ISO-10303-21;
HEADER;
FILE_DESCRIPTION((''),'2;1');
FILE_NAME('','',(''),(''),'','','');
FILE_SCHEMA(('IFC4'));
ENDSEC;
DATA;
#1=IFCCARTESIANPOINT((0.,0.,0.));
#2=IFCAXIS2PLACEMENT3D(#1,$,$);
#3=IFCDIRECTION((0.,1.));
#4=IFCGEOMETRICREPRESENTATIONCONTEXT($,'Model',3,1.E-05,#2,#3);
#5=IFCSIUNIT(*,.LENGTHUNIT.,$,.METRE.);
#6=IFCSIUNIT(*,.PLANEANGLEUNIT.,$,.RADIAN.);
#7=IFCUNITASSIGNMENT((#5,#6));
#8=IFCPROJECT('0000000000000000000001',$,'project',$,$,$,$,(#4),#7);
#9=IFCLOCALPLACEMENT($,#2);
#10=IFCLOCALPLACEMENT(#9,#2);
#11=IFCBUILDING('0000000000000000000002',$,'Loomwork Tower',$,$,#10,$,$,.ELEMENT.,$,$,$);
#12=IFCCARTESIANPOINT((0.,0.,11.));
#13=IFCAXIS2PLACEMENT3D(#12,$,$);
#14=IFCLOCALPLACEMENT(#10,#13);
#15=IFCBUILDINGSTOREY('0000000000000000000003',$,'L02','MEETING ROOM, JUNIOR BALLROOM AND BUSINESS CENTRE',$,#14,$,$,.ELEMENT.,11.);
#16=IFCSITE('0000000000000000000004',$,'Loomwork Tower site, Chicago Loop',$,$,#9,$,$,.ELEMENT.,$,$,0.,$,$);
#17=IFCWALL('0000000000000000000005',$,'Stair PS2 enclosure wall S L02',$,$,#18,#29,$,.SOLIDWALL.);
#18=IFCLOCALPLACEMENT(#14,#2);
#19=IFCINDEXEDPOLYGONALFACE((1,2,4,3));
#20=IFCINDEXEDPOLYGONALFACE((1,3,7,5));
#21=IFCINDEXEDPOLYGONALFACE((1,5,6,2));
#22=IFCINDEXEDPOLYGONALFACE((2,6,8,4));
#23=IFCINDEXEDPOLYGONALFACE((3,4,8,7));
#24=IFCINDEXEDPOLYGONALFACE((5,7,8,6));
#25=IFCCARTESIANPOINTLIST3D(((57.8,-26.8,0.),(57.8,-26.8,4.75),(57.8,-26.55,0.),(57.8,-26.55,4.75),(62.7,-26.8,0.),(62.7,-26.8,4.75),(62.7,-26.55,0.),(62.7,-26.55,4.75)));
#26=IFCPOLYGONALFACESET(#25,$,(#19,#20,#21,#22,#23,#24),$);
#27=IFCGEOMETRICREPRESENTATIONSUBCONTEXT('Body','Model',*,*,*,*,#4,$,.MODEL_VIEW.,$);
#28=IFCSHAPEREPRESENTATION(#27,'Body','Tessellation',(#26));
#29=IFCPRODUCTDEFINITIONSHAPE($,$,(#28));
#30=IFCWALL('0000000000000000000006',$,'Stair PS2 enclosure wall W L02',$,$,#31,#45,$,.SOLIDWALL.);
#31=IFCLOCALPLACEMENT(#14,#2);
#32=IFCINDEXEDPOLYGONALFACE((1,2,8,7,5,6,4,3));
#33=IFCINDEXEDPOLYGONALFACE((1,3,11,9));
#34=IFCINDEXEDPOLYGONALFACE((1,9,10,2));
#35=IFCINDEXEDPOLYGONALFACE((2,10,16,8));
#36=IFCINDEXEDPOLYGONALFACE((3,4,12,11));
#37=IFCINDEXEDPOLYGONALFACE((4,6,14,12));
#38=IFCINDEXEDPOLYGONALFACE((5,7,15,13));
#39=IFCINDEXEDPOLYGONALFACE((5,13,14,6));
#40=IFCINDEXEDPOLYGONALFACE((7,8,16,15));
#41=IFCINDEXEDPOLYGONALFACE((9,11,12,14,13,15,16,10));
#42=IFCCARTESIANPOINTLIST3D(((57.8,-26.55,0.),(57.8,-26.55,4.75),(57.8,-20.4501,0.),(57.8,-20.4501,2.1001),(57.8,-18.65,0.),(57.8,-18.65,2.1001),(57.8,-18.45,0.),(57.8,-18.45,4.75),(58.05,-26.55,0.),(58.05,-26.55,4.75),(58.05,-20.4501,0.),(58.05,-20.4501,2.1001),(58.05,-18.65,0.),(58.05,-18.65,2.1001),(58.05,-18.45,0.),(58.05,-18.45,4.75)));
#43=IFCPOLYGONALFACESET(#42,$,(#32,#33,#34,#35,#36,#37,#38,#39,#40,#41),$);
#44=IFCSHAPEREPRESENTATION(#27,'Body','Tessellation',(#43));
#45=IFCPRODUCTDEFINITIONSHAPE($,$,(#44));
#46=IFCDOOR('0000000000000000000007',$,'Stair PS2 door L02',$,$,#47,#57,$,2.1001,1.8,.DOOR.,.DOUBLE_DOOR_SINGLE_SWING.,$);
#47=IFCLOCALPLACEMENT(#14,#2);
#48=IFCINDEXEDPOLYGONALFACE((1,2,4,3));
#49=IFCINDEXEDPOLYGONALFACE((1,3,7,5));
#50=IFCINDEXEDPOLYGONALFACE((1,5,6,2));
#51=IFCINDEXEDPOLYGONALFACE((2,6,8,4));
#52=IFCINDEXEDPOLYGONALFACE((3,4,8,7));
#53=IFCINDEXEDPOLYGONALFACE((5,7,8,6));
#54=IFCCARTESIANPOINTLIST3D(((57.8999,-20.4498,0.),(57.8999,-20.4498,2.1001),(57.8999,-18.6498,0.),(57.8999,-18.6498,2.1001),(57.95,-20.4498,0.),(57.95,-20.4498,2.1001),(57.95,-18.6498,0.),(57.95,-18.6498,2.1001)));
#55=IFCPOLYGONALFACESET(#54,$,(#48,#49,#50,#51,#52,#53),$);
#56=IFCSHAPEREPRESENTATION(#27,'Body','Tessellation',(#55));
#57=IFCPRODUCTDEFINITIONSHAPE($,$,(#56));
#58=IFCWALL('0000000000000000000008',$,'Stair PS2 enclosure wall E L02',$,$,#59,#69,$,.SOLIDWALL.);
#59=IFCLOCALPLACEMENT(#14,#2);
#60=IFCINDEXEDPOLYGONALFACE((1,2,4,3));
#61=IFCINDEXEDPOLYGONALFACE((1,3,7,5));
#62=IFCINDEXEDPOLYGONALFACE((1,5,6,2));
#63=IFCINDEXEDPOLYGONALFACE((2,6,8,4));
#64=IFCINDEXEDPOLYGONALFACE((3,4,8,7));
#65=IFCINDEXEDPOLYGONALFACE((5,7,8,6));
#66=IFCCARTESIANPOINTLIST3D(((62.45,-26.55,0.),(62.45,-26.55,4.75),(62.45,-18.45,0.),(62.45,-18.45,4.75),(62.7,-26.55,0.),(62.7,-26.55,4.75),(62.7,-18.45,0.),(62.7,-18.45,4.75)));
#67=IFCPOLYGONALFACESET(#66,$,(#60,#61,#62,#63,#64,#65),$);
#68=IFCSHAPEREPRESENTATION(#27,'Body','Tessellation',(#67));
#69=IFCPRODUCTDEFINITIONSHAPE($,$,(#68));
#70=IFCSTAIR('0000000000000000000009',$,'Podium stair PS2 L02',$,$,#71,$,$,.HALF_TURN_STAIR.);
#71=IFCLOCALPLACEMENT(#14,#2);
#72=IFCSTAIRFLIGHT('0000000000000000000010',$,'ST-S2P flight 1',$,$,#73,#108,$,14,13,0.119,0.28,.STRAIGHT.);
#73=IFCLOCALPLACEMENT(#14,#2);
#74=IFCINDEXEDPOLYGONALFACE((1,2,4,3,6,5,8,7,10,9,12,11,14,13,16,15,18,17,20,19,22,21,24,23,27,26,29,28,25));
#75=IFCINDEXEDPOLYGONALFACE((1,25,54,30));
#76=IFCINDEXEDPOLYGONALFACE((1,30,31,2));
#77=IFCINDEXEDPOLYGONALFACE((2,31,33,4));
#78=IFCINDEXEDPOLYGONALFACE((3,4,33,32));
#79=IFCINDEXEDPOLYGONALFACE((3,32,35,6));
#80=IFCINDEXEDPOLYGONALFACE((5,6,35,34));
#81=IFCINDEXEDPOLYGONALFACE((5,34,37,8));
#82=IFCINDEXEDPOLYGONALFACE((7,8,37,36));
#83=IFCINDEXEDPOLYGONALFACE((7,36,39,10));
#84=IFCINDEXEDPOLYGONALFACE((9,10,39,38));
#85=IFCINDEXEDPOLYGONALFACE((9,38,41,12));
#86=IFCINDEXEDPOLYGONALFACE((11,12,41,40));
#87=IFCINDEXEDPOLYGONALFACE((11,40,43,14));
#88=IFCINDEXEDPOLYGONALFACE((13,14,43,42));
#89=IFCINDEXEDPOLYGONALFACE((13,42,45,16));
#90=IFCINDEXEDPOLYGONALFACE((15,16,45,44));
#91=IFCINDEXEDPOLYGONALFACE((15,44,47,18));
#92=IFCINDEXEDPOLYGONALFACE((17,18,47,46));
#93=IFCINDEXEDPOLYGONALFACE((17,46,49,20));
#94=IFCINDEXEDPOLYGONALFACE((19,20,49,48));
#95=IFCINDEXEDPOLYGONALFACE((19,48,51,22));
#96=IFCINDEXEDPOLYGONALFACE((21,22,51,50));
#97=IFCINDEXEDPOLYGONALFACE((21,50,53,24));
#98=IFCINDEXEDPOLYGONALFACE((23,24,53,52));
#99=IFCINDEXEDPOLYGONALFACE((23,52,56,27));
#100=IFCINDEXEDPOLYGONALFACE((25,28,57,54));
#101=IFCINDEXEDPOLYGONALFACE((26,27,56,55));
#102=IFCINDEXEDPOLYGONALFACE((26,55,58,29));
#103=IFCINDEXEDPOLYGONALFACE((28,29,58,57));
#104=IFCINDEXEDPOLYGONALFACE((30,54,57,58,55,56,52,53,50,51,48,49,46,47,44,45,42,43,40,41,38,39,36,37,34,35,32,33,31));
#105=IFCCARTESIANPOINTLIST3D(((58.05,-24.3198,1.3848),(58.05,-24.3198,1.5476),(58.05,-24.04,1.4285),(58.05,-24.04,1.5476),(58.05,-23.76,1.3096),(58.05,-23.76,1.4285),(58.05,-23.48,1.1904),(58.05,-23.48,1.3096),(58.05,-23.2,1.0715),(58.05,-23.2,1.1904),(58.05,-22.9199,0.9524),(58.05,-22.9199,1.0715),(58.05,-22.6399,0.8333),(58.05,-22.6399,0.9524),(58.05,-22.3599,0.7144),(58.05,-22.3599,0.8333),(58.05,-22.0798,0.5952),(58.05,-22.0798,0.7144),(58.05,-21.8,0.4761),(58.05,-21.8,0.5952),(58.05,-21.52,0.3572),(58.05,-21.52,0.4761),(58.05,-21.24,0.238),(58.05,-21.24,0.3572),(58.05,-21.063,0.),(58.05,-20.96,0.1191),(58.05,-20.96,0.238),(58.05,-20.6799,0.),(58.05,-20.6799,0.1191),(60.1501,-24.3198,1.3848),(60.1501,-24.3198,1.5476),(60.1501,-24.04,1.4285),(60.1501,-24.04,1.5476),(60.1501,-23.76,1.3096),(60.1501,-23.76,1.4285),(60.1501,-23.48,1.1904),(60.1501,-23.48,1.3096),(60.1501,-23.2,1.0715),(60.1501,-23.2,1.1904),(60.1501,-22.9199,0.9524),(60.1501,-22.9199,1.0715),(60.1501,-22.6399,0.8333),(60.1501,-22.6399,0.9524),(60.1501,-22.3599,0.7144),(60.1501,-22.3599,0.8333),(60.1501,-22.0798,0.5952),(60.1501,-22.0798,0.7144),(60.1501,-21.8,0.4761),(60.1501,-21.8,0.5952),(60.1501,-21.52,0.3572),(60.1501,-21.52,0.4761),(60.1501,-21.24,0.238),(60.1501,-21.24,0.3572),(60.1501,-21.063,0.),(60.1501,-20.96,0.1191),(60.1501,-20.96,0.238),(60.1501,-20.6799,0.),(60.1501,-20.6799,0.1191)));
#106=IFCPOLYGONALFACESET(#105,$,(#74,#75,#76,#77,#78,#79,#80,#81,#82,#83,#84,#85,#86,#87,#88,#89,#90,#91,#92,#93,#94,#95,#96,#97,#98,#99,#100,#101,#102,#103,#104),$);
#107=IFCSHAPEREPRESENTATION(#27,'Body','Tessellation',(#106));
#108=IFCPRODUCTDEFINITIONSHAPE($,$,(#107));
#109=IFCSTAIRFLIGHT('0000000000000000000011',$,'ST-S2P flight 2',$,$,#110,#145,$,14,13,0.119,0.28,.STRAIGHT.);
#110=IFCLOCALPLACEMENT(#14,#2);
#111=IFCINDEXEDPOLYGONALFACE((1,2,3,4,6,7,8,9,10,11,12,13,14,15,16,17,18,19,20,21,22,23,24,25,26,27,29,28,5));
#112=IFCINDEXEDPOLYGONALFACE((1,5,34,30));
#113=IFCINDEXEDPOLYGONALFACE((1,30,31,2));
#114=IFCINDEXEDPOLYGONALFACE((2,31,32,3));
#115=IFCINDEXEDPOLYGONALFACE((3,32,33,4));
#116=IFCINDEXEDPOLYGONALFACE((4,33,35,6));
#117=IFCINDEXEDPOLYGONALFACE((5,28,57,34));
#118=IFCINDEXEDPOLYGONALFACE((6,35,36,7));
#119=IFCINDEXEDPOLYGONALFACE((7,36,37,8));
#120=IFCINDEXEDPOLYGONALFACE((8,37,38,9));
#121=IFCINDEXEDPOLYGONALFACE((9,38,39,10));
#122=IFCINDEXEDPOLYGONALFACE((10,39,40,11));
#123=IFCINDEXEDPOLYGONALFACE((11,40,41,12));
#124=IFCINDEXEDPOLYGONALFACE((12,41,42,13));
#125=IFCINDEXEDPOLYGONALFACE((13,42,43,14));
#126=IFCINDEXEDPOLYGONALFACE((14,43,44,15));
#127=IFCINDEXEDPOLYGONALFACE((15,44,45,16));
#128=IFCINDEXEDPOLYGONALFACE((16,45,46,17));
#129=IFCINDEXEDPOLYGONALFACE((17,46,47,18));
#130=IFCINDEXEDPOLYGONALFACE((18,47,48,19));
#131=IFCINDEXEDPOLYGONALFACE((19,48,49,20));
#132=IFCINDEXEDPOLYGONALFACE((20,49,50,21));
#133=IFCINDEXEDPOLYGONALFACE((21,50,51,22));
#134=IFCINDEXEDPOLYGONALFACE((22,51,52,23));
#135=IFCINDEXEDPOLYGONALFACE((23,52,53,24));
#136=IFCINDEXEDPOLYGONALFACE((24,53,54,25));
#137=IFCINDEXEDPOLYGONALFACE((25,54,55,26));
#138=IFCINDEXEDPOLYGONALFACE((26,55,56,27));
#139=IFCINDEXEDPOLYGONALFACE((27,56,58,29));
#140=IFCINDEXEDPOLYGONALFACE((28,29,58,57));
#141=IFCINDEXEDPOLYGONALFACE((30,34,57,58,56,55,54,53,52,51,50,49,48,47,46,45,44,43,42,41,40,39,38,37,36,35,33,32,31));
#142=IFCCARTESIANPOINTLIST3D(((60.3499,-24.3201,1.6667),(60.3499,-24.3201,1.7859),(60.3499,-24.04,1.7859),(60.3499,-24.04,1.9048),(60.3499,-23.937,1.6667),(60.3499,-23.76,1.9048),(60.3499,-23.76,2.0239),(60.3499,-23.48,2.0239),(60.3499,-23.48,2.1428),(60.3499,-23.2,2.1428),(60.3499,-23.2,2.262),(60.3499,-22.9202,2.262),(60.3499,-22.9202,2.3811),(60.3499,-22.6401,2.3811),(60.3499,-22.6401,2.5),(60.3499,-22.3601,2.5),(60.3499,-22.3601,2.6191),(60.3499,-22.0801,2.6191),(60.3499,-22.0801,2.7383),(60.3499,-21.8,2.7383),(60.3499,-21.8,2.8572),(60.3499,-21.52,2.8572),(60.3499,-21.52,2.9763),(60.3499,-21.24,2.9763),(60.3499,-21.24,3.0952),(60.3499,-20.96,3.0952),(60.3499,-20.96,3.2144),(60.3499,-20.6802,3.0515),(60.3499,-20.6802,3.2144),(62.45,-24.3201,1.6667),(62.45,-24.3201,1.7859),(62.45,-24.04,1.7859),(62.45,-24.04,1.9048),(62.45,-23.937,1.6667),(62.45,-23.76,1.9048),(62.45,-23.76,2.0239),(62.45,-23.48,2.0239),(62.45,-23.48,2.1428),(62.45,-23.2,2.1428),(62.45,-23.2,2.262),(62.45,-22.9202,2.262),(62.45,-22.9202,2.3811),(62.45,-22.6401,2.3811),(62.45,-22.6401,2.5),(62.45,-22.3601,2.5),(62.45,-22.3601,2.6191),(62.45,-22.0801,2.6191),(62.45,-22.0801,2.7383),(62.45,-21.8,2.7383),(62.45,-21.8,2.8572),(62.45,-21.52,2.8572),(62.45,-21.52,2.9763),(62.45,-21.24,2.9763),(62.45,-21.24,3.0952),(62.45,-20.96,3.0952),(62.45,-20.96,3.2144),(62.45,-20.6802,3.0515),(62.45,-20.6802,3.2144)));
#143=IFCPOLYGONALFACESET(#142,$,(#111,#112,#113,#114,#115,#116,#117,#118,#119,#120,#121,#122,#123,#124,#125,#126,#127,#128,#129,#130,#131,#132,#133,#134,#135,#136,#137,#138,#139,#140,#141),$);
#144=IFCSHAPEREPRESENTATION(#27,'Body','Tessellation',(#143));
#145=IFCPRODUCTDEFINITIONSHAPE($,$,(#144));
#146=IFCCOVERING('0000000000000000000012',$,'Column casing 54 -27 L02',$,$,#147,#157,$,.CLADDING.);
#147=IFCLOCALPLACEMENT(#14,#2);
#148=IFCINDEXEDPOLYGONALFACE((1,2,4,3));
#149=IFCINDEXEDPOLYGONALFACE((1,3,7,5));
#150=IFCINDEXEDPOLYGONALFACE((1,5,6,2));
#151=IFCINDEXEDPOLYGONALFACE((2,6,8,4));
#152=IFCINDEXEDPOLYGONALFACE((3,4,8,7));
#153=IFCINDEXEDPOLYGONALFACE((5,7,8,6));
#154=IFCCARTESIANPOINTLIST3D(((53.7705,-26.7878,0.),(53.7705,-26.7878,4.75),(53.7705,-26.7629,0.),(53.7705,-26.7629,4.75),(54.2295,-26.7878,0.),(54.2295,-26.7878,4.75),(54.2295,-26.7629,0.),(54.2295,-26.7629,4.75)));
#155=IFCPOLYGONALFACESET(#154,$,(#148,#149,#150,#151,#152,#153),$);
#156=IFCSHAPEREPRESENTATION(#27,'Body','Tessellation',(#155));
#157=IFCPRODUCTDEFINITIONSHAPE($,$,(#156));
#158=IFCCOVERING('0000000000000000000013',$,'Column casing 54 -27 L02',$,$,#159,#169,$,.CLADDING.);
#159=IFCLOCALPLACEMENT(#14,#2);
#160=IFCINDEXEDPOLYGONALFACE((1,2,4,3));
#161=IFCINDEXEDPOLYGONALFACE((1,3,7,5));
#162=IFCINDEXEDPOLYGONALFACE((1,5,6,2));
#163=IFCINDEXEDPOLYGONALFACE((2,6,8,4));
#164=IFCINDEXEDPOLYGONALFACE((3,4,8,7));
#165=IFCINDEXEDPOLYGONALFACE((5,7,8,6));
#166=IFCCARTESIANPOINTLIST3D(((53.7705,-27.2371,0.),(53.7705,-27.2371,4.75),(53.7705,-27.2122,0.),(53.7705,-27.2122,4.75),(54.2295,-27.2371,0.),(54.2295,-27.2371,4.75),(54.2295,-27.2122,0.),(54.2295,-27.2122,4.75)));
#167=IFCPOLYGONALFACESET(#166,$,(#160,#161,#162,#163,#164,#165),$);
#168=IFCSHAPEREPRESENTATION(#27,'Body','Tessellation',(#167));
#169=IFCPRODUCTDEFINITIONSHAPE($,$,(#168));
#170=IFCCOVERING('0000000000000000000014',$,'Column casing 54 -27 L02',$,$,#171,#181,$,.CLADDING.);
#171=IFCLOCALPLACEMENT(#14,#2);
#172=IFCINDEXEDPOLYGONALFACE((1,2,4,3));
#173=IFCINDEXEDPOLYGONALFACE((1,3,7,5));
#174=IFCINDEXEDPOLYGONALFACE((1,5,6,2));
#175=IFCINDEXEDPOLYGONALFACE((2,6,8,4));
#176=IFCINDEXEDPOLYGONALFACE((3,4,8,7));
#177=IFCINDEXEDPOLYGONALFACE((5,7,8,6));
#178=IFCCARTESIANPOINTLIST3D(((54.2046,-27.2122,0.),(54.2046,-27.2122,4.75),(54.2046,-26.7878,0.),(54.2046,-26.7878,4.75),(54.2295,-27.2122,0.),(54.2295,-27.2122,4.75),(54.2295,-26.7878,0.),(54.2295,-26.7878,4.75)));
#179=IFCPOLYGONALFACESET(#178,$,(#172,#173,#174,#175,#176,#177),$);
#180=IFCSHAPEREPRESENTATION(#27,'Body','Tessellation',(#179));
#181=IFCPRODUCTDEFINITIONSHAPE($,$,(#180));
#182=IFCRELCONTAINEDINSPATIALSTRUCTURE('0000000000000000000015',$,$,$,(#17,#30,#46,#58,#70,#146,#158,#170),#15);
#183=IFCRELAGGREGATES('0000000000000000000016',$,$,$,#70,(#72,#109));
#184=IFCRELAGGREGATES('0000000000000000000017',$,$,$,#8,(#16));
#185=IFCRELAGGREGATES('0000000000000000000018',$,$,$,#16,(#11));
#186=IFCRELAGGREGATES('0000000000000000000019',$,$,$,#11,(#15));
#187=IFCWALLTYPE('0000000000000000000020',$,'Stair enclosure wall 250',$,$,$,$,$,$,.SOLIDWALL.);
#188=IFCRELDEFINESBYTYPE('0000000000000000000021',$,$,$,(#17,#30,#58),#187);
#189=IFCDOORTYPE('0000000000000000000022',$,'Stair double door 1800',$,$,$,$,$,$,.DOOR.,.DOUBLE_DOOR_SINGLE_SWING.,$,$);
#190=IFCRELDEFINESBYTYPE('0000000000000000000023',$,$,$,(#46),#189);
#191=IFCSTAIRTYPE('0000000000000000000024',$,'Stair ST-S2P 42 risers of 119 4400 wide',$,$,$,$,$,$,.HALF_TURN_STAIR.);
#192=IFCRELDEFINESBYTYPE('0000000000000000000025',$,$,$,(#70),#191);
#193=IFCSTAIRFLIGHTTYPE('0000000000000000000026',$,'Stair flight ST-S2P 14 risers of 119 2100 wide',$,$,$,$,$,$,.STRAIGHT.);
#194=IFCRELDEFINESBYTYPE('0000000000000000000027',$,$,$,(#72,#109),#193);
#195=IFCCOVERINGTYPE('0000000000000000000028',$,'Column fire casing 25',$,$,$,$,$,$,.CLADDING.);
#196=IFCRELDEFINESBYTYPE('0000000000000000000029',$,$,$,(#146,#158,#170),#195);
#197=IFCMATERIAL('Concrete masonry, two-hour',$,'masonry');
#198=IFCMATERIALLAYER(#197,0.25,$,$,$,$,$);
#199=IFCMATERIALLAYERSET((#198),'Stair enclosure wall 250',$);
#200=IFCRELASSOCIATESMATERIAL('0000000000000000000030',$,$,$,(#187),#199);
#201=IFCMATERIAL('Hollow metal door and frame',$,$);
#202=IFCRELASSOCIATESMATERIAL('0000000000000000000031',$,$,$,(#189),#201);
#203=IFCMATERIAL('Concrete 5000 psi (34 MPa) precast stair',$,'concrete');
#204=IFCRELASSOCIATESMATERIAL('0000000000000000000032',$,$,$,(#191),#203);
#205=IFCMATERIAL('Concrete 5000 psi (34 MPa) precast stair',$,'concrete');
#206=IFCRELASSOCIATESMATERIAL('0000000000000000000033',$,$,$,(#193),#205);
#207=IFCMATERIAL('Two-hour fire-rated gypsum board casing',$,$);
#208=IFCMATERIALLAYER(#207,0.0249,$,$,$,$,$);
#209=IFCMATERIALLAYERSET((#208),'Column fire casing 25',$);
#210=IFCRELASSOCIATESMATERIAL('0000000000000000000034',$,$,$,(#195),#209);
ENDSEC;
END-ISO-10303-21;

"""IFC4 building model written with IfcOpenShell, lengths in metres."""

from ifc_helpers import new_model, si_unit, direction, frame, frame_2d, origin, origin_2d, place, context, subcontext, project, spatial, polyline, rectangle, outline, extrude, material, layer, layer_set, type_object, element, fill, aggregate, save


model = new_model("IFC4")

# Units and contexts
model_context = context("Model", 3, precision=1e-05, world=origin(), true_north=direction((0.0, 1.0)))
body_context = subcontext(model_context, "Body", "Model", "MODEL_VIEW")
ifc_project = project(units=[si_unit("LENGTHUNIT", "METRE"), si_unit("PLANEANGLEUNIT", "RADIAN")], contexts=[model_context])

# Site, building, storey
site_placement = place(None, origin())
site = spatial("IfcSite", under=ifc_project, at=site_placement, Name="Loomwork Tower site, Chicago Loop", CompositionType="ELEMENT", RefElevation=0.0)
building_placement = place(site_placement, origin())
building = spatial("IfcBuilding", under=site, at=building_placement, Name="Loomwork Tower", CompositionType="ELEMENT")
storey_placement = place(building_placement, frame((0.0, 0.0, 11.0)))
storey = spatial("IfcBuildingStorey", under=building, at=storey_placement, Name="L02", Description="MEETING ROOM, JUNIOR BALLROOM AND BUSINESS CENTRE", CompositionType="ELEMENT", Elevation=11.0)

# Wall
ifc_material_1 = material(Name="Concrete masonry, two-hour", Category="masonry")
ifc_layer_1 = layer(ifc_material_1, 0.25)
ifc_layer_set_1 = layer_set([ifc_layer_1], Name="Stair enclosure wall 250")
wall_type_1 = type_object("IfcWallType", Name="Stair enclosure wall 250", PredefinedType="SOLIDWALL", material=ifc_layer_set_1)
wall_1_placement = place(storey_placement, frame((57.8, -26.675, 0.0), z_axis=(0.0, 0.0, 1.0), x_axis=(1.0, 0.0, 0.0)))
element("IfcWall", 1, at=wall_1_placement, inside=storey, type_object=wall_type_1, Name="Stair PS2 enclosure wall S L02", PredefinedType="SOLIDWALL", context=body_context, shape_type="SweptSolid", body=[
    extrude(rectangle(XDim=4.8999, YDim=0.25, at=frame_2d((2.45, 0.0))), origin(), (0.0, 0.0, 1.0), 4.75),
])

# Wall, opening, door
wall_2_placement = place(storey_placement, frame((57.925, -26.55, 0.0), z_axis=(0.0, 0.0, 1.0), x_axis=(0.0, 1.0, 0.0)))
wall_2 = element("IfcWall", 2, at=wall_2_placement, inside=storey, type_object=wall_type_1, Name="Stair PS2 enclosure wall W L02", PredefinedType="SOLIDWALL", context=body_context, shape_type="SweptSolid", body=[
    extrude(rectangle(XDim=8.1001, YDim=0.25, at=frame_2d((4.05, 0.0))), origin(), (0.0, 0.0, 1.0), 4.75),
])
opening_1_placement = place(wall_2_placement, frame((6.1001, 0.0, 0.0)))
opening_1 = element("IfcOpeningElement", 3, at=opening_1_placement, cuts=wall_2, PredefinedType="OPENING", context=body_context, shape_type="SweptSolid", body=[
    extrude(rectangle(XDim=1.8, YDim=2.1001, at=frame_2d((0.8999, 1.05))), frame((0.0, 0.135, 0.0), z_axis=(0.0, -1.0, 0.0), x_axis=(1.0, 0.0, 0.0)), (0.0, 0.0, 1.0), 0.27),
])
ifc_material_2 = material(Name="Hollow metal door and frame")
door_type = type_object("IfcDoorType", Name="Stair double door 1800", OperationType="DOUBLE_DOOR_SINGLE_SWING", PredefinedType="DOOR", material=ifc_material_2)
door_placement = place(opening_1_placement, frame((1.8, 0.0, 0.0), z_axis=(0.0, 0.0, 1.0), x_axis=(-1.0, 0.0, 0.0)))
door = element("IfcDoor", 4, at=door_placement, inside=storey, type_object=door_type, Name="Stair PS2 door L02", OperationType="DOUBLE_DOOR_SINGLE_SWING", OverallHeight=2.1001, OverallWidth=1.8, PredefinedType="DOOR", context=body_context, shape_type="SweptSolid", body=[
    extrude(rectangle(XDim=1.8, YDim=2.1001, at=frame_2d((0.8999, 1.05))), frame((0.0, 0.0249, 0.0), z_axis=(0.0, -1.0, 0.0), x_axis=(1.0, 0.0, 0.0)), (0.0, 0.0, 1.0), 0.05),
])
fill(opening_1, door)

# Wall
wall_3_placement = place(storey_placement, frame((62.575, -26.55, 0.0), z_axis=(0.0, 0.0, 1.0), x_axis=(0.0, 1.0, 0.0)))
element("IfcWall", 5, at=wall_3_placement, inside=storey, type_object=wall_type_1, Name="Stair PS2 enclosure wall E L02", PredefinedType="SOLIDWALL", context=body_context, shape_type="SweptSolid", body=[
    extrude(rectangle(XDim=8.1001, YDim=0.25, at=frame_2d((4.05, 0.0))), origin(), (0.0, 0.0, 1.0), 4.75),
])

# Stair, stair flights
ifc_material_3 = material(Name="Concrete 5000 psi (34 MPa) precast stair", Category="concrete")
stair_type = type_object("IfcStairType", Name="Stair ST-S2P 42 risers of 119 4400 wide", PredefinedType="HALF_TURN_STAIR", material=ifc_material_3)
stair_placement = place(storey_placement, origin())
stair = element("IfcStair", 6, at=stair_placement, inside=storey, type_object=stair_type, Name="Podium stair PS2 L02", PredefinedType="HALF_TURN_STAIR")
ifc_material_4 = material(Name="Concrete 5000 psi (34 MPa) precast stair", Category="concrete")
stair_flight_type = type_object("IfcStairFlightType", Name="Stair flight ST-S2P 14 risers of 119 2100 wide", PredefinedType="STRAIGHT", material=ifc_material_4)
stair_flight_1_placement = place(storey_placement, frame((59.1001, -20.6799, 0.0), z_axis=(0.0, 0.0, 1.0), x_axis=(0.0, -1.0, 0.0)))
stair_flight_1 = element("IfcStairFlight", 7, at=stair_flight_1_placement, type_object=stair_flight_type, Name="ST-S2P flight 1", NumberOfRisers=14, NumberOfTreads=13, PredefinedType="STRAIGHT", RiserHeight=0.119, TreadLength=0.28, context=body_context, shape_type="SweptSolid", body=[
    extrude(outline(polyline([(0.0, 0.0), (0.0, 0.1191), (0.28, 0.1191), (0.28, 0.238), (0.5601, 0.238), (0.5601, 0.3572), (0.8401, 0.3572), (0.8401, 0.4761), (1.1201, 0.4761), (1.1201, 0.5952), (1.3999, 0.5952), (1.3999, 0.7144), (1.6799, 0.7144), (1.6799, 0.8333), (1.96, 0.8333), (1.96, 0.9524), (2.24, 0.9524), (2.24, 1.0715), (2.52, 1.0715), (2.52, 1.1904), (2.8, 1.1904), (2.8, 1.3096), (3.0801, 1.3096), (3.0801, 1.4285), (3.3601, 1.4285), (3.3601, 1.5476), (3.6399, 1.5476), (3.6399, 1.6667), (3.6399, 1.3848), (0.3831, 0.0), (0.0, 0.0)])), frame((0.0, 1.05, 0.0), z_axis=(0.0, -1.0, 0.0), x_axis=(1.0, 0.0, 0.0)), (0.0, 0.0, 1.0), 2.1001),
])
stair_flight_2_placement = place(storey_placement, frame((61.3999, -24.3201, 1.6667), z_axis=(0.0, 0.0, 1.0), x_axis=(0.0, 1.0, 0.0)))
stair_flight_2 = element("IfcStairFlight", 8, at=stair_flight_2_placement, type_object=stair_flight_type, Name="ST-S2P flight 2", NumberOfRisers=14, NumberOfTreads=13, PredefinedType="STRAIGHT", RiserHeight=0.119, TreadLength=0.28, context=body_context, shape_type="SweptSolid", body=[
    extrude(outline(polyline([(0.0, 0.0), (0.0, 0.1191), (0.28, 0.1191), (0.28, 0.238), (0.5601, 0.238), (0.5601, 0.3572), (0.8401, 0.3572), (0.8401, 0.4761), (1.1201, 0.4761), (1.1201, 0.5952), (1.3999, 0.5952), (1.3999, 0.7144), (1.6799, 0.7144), (1.6799, 0.8333), (1.96, 0.8333), (1.96, 0.9524), (2.24, 0.9524), (2.24, 1.0715), (2.52, 1.0715), (2.52, 1.1904), (2.8, 1.1904), (2.8, 1.3096), (3.0801, 1.3096), (3.0801, 1.4285), (3.3601, 1.4285), (3.3601, 1.5476), (3.6399, 1.5476), (3.6399, 1.6667), (3.6399, 1.3848), (0.3831, 0.0), (0.0, 0.0)])), frame((0.0, 1.05, 0.0), z_axis=(0.0, -1.0, 0.0), x_axis=(1.0, 0.0, 0.0)), (0.0, 0.0, 1.0), 2.1001),
])
aggregate(stair, [stair_flight_1, stair_flight_2])

# Coverings
ifc_material_5 = material(Name="Two-hour fire-rated gypsum board casing")
ifc_layer_2 = layer(ifc_material_5, 0.0249)
ifc_layer_set_2 = layer_set([ifc_layer_2], Name="Column fire casing 25")
covering_type = type_object("IfcCoveringType", Name="Column fire casing 25", PredefinedType="CLADDING", material=ifc_layer_set_2)
for number, where, z_axis, x_axis, name in (
    (9, (54.0, -26.7754, 0.0), (0.0, 0.0, 1.0), (1.0, 0.0, 0.0), "Column casing 54 -27 L02"),
    (10, (54.0, -27.2246, 0.0), (0.0, 0.0, 1.0), (1.0, 0.0, 0.0), "Column casing 54 -27 L02"),
):
    element("IfcCovering", number, at=place(storey_placement, frame(where, z_axis=z_axis, x_axis=x_axis)), inside=storey, type_object=covering_type, Name=name, PredefinedType="CLADDING", context=body_context, shape_type="SweptSolid", body=[
        extrude(rectangle(XDim=0.459, YDim=0.0249, at=origin_2d()), origin(), (0.0, 0.0, 1.0), 4.75),
    ])
for number, where, z_axis, x_axis, name in (
    (11, (54.217, -27.0, 0.0), (0.0, 0.0, 1.0), (1.0, 0.0, 0.0), "Column casing 54 -27 L02"),
):
    element("IfcCovering", number, at=place(storey_placement, frame(where, z_axis=z_axis, x_axis=x_axis)), inside=storey, type_object=covering_type, Name=name, PredefinedType="CLADDING", context=body_context, shape_type="SweptSolid", body=[
        extrude(rectangle(XDim=0.0249, YDim=0.4243, at=origin_2d()), origin(), (0.0, 0.0, 1.0), 4.75),
    ])

save(model, "model.ifc")
